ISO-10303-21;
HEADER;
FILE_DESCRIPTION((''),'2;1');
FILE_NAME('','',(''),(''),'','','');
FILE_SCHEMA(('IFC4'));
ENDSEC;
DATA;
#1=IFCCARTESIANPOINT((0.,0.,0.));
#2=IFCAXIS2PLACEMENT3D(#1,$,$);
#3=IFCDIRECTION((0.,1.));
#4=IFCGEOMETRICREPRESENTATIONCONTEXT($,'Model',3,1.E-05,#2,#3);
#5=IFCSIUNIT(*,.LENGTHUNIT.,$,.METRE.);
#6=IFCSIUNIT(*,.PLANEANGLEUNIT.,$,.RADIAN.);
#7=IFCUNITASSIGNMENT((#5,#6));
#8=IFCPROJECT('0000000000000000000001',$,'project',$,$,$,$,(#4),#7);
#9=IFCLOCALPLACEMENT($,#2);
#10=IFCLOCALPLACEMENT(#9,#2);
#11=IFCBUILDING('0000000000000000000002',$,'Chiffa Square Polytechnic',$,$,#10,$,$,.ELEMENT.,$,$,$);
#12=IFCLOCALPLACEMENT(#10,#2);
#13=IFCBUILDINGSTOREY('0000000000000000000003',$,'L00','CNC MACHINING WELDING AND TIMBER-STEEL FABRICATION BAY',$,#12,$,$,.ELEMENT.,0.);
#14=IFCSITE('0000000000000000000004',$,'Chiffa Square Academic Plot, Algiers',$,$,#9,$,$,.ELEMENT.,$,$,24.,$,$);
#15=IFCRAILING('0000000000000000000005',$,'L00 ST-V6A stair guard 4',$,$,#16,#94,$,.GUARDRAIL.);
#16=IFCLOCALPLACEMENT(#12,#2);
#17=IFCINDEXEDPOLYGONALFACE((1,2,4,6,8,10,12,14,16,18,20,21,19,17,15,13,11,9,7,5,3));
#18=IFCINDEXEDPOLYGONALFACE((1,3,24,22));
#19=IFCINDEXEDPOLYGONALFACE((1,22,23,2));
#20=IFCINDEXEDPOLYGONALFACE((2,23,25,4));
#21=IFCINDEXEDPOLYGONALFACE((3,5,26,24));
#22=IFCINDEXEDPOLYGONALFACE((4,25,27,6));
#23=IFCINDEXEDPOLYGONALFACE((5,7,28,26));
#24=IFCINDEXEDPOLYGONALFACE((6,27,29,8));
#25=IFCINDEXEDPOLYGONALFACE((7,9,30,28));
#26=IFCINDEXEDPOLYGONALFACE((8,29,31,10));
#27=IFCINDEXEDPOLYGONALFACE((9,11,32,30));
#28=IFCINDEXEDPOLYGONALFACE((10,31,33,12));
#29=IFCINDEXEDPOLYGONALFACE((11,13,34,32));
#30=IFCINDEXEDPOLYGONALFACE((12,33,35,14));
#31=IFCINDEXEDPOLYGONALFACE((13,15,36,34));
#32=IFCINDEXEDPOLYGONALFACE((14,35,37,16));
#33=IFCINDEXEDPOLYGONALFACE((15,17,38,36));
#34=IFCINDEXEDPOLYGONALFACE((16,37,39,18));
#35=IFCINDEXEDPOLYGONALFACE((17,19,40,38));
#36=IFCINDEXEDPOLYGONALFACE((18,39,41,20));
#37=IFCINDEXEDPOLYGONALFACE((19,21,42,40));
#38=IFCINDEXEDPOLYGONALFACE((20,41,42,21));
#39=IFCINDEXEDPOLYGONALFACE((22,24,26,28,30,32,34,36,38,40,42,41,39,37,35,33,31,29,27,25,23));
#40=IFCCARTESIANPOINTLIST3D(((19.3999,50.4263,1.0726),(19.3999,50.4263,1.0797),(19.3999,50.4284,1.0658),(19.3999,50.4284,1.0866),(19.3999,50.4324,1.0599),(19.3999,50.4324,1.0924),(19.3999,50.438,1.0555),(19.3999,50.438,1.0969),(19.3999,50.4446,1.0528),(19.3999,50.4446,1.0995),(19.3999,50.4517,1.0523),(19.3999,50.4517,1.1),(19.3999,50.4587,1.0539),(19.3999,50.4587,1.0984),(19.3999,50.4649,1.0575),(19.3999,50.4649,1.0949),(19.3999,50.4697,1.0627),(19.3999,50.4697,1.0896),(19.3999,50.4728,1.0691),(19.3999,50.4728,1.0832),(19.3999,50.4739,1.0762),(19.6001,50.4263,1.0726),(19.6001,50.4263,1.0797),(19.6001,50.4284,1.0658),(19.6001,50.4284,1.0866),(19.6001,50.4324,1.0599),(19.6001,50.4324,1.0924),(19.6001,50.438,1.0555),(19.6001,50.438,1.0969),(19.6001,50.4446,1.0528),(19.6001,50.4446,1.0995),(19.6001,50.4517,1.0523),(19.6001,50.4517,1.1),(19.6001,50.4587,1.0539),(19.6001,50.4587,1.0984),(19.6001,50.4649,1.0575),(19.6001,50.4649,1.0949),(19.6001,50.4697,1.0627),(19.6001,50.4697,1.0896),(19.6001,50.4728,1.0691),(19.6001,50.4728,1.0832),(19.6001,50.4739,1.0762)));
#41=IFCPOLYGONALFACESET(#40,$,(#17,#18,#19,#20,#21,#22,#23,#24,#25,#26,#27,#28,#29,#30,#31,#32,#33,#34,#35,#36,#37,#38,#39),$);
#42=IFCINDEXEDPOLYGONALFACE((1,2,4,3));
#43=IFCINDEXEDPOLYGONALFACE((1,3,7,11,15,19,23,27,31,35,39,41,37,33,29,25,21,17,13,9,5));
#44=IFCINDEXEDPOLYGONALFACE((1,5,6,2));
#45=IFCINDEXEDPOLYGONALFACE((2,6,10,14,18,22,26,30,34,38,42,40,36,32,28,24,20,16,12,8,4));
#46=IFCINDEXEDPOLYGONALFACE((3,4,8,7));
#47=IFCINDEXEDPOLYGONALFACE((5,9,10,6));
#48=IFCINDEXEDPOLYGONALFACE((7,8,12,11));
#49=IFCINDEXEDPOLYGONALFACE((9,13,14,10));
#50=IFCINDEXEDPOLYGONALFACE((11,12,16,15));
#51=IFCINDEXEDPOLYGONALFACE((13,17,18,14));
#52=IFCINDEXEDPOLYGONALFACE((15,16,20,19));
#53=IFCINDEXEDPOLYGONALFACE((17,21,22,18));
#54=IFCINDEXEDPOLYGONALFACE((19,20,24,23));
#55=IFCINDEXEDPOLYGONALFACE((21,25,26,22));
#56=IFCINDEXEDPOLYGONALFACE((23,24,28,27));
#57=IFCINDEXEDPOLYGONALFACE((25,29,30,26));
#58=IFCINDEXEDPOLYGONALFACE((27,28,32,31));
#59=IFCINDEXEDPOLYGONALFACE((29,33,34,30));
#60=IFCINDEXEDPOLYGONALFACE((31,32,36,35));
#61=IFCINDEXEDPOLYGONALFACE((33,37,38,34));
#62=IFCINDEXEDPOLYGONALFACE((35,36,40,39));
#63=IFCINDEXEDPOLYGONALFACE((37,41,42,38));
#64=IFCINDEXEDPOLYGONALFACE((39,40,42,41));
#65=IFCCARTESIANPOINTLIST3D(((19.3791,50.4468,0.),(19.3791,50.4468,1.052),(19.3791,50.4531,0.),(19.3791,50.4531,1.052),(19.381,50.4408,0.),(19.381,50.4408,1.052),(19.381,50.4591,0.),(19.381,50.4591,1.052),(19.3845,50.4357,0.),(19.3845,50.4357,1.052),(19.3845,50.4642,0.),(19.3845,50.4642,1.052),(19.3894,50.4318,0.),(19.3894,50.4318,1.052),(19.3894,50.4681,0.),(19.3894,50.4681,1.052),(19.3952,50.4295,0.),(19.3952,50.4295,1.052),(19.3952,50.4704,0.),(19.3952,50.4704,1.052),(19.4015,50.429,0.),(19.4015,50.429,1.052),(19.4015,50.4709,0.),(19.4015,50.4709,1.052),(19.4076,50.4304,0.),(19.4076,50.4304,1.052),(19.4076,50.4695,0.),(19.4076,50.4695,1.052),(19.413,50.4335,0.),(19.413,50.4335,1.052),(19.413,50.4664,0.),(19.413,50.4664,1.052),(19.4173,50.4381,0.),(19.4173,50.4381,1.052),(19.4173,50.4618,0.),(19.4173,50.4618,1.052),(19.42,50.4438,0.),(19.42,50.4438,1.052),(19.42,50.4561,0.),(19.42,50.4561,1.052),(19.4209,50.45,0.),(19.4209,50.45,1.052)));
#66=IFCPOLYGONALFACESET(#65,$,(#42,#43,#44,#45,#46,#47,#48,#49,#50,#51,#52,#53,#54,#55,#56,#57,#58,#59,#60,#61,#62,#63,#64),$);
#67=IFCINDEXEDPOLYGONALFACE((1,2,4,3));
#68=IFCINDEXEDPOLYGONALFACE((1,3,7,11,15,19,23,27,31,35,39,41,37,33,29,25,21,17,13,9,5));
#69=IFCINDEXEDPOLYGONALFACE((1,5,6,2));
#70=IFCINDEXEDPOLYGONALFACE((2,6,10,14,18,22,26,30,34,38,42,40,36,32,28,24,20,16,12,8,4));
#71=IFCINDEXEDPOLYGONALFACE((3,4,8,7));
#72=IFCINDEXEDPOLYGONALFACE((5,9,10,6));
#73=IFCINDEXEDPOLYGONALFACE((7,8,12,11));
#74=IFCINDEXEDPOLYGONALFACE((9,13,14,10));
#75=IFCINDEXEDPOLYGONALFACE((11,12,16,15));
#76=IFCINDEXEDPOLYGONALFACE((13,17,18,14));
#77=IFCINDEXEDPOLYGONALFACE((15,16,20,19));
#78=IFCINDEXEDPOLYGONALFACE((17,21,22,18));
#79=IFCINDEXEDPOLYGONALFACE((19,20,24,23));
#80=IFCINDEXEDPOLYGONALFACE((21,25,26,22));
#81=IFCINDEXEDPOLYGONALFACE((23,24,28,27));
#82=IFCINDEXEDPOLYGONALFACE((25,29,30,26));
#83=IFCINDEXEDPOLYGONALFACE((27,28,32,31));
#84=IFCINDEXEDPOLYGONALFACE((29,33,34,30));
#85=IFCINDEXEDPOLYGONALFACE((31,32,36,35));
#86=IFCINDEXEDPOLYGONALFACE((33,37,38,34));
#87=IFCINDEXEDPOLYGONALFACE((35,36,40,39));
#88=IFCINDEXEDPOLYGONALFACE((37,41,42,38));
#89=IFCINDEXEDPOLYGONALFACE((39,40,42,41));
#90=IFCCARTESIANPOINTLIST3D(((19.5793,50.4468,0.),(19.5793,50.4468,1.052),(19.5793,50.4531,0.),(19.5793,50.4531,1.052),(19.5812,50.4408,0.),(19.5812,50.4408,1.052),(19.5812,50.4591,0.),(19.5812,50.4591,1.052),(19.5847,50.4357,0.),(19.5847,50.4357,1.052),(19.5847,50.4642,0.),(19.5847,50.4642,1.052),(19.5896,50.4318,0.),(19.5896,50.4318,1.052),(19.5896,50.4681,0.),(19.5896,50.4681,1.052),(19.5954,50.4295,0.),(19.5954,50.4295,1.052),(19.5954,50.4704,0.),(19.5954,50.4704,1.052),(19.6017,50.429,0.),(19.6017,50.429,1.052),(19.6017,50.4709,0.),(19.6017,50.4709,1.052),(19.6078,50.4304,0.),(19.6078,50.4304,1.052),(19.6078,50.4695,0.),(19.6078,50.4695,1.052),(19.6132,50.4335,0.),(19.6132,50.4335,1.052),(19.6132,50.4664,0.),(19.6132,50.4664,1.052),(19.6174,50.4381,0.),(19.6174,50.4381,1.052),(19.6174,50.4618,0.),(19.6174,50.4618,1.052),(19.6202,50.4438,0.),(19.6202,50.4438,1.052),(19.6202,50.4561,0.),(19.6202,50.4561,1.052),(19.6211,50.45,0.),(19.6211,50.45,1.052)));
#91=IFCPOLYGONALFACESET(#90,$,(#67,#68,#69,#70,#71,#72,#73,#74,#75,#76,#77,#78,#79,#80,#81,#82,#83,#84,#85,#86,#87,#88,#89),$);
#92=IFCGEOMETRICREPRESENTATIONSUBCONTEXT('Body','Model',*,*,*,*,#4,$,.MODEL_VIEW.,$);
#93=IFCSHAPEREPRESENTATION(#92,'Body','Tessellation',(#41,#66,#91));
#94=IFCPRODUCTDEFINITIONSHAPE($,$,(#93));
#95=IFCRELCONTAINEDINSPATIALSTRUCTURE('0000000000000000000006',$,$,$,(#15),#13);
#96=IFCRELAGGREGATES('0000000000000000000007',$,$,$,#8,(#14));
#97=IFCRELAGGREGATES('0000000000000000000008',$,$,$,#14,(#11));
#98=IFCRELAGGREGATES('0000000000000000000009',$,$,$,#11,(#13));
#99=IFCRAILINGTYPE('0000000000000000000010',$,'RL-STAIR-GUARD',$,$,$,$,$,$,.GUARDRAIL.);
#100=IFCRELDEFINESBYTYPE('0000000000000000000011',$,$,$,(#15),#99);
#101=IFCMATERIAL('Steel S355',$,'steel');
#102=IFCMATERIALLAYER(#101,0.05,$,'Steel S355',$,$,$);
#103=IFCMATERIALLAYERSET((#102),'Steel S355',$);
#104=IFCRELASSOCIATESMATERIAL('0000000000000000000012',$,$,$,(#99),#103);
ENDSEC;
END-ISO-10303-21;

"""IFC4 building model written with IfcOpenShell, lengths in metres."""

from ifc_helpers import new_model, si_unit, direction, frame, origin, origin_2d, place, context, subcontext, project, spatial, circle, extrude, material, layer, layer_set, type_object, element, save


model = new_model("IFC4")

# Units and contexts
model_context = context("Model", 3, precision=1e-05, world=origin(), true_north=direction((0.0, 1.0)))
body_context = subcontext(model_context, "Body", "Model", "MODEL_VIEW")
ifc_project = project(units=[si_unit("LENGTHUNIT", "METRE"), si_unit("PLANEANGLEUNIT", "RADIAN")], contexts=[model_context])

# Site, building, storey
site_placement = place(None, origin())
site = spatial("IfcSite", under=ifc_project, at=site_placement, Name="Chiffa Square Academic Plot, Algiers", CompositionType="ELEMENT", RefElevation=24.0)
building_placement = place(site_placement, origin())
building = spatial("IfcBuilding", under=site, at=building_placement, Name="Chiffa Square Polytechnic", CompositionType="ELEMENT")
storey_placement = place(building_placement, origin())
storey = spatial("IfcBuildingStorey", under=building, at=storey_placement, Name="L00", Description="CNC MACHINING WELDING AND TIMBER-STEEL FABRICATION BAY", CompositionType="ELEMENT", Elevation=0.0)

# Railing
ifc_material_1 = material(Name="Steel S355", Category="steel")
ifc_layer_1 = layer(ifc_material_1, 0.05, Name="Steel S355")
ifc_layer_set_1 = layer_set([ifc_layer_1], Name="Steel S355")
railing_type_1 = type_object("IfcRailingType", Name="RL-STAIR-GUARD", PredefinedType="GUARDRAIL", material=ifc_layer_set_1)
railing_1_placement = place(storey_placement, frame((19.3999, 50.45, 0.0)))
element("IfcRailing", 1, at=railing_1_placement, inside=storey, type_object=railing_type_1, Name="L00 ST-V6A stair guard 4", PredefinedType="GUARDRAIL", context=body_context, shape_type="SweptSolid", body=[
    extrude(circle(Radius=0.0239, at=origin_2d()), frame((0.0, 0.0, 1.0762), z_axis=(1.0, 0.0, 0.0), x_axis=(0.0, 1.0, 0.0)), (0.0, 0.0, 1.0), 0.2002),
    extrude(circle(Radius=0.021, at=origin_2d()), origin(), (0.0, 0.0, 1.0), 1.052),
    extrude(circle(Radius=0.021, at=origin_2d()), frame((0.2002, 0.0, 0.0)), (0.0, 0.0, 1.0), 1.052),
])

save(model, "model.ifc")
